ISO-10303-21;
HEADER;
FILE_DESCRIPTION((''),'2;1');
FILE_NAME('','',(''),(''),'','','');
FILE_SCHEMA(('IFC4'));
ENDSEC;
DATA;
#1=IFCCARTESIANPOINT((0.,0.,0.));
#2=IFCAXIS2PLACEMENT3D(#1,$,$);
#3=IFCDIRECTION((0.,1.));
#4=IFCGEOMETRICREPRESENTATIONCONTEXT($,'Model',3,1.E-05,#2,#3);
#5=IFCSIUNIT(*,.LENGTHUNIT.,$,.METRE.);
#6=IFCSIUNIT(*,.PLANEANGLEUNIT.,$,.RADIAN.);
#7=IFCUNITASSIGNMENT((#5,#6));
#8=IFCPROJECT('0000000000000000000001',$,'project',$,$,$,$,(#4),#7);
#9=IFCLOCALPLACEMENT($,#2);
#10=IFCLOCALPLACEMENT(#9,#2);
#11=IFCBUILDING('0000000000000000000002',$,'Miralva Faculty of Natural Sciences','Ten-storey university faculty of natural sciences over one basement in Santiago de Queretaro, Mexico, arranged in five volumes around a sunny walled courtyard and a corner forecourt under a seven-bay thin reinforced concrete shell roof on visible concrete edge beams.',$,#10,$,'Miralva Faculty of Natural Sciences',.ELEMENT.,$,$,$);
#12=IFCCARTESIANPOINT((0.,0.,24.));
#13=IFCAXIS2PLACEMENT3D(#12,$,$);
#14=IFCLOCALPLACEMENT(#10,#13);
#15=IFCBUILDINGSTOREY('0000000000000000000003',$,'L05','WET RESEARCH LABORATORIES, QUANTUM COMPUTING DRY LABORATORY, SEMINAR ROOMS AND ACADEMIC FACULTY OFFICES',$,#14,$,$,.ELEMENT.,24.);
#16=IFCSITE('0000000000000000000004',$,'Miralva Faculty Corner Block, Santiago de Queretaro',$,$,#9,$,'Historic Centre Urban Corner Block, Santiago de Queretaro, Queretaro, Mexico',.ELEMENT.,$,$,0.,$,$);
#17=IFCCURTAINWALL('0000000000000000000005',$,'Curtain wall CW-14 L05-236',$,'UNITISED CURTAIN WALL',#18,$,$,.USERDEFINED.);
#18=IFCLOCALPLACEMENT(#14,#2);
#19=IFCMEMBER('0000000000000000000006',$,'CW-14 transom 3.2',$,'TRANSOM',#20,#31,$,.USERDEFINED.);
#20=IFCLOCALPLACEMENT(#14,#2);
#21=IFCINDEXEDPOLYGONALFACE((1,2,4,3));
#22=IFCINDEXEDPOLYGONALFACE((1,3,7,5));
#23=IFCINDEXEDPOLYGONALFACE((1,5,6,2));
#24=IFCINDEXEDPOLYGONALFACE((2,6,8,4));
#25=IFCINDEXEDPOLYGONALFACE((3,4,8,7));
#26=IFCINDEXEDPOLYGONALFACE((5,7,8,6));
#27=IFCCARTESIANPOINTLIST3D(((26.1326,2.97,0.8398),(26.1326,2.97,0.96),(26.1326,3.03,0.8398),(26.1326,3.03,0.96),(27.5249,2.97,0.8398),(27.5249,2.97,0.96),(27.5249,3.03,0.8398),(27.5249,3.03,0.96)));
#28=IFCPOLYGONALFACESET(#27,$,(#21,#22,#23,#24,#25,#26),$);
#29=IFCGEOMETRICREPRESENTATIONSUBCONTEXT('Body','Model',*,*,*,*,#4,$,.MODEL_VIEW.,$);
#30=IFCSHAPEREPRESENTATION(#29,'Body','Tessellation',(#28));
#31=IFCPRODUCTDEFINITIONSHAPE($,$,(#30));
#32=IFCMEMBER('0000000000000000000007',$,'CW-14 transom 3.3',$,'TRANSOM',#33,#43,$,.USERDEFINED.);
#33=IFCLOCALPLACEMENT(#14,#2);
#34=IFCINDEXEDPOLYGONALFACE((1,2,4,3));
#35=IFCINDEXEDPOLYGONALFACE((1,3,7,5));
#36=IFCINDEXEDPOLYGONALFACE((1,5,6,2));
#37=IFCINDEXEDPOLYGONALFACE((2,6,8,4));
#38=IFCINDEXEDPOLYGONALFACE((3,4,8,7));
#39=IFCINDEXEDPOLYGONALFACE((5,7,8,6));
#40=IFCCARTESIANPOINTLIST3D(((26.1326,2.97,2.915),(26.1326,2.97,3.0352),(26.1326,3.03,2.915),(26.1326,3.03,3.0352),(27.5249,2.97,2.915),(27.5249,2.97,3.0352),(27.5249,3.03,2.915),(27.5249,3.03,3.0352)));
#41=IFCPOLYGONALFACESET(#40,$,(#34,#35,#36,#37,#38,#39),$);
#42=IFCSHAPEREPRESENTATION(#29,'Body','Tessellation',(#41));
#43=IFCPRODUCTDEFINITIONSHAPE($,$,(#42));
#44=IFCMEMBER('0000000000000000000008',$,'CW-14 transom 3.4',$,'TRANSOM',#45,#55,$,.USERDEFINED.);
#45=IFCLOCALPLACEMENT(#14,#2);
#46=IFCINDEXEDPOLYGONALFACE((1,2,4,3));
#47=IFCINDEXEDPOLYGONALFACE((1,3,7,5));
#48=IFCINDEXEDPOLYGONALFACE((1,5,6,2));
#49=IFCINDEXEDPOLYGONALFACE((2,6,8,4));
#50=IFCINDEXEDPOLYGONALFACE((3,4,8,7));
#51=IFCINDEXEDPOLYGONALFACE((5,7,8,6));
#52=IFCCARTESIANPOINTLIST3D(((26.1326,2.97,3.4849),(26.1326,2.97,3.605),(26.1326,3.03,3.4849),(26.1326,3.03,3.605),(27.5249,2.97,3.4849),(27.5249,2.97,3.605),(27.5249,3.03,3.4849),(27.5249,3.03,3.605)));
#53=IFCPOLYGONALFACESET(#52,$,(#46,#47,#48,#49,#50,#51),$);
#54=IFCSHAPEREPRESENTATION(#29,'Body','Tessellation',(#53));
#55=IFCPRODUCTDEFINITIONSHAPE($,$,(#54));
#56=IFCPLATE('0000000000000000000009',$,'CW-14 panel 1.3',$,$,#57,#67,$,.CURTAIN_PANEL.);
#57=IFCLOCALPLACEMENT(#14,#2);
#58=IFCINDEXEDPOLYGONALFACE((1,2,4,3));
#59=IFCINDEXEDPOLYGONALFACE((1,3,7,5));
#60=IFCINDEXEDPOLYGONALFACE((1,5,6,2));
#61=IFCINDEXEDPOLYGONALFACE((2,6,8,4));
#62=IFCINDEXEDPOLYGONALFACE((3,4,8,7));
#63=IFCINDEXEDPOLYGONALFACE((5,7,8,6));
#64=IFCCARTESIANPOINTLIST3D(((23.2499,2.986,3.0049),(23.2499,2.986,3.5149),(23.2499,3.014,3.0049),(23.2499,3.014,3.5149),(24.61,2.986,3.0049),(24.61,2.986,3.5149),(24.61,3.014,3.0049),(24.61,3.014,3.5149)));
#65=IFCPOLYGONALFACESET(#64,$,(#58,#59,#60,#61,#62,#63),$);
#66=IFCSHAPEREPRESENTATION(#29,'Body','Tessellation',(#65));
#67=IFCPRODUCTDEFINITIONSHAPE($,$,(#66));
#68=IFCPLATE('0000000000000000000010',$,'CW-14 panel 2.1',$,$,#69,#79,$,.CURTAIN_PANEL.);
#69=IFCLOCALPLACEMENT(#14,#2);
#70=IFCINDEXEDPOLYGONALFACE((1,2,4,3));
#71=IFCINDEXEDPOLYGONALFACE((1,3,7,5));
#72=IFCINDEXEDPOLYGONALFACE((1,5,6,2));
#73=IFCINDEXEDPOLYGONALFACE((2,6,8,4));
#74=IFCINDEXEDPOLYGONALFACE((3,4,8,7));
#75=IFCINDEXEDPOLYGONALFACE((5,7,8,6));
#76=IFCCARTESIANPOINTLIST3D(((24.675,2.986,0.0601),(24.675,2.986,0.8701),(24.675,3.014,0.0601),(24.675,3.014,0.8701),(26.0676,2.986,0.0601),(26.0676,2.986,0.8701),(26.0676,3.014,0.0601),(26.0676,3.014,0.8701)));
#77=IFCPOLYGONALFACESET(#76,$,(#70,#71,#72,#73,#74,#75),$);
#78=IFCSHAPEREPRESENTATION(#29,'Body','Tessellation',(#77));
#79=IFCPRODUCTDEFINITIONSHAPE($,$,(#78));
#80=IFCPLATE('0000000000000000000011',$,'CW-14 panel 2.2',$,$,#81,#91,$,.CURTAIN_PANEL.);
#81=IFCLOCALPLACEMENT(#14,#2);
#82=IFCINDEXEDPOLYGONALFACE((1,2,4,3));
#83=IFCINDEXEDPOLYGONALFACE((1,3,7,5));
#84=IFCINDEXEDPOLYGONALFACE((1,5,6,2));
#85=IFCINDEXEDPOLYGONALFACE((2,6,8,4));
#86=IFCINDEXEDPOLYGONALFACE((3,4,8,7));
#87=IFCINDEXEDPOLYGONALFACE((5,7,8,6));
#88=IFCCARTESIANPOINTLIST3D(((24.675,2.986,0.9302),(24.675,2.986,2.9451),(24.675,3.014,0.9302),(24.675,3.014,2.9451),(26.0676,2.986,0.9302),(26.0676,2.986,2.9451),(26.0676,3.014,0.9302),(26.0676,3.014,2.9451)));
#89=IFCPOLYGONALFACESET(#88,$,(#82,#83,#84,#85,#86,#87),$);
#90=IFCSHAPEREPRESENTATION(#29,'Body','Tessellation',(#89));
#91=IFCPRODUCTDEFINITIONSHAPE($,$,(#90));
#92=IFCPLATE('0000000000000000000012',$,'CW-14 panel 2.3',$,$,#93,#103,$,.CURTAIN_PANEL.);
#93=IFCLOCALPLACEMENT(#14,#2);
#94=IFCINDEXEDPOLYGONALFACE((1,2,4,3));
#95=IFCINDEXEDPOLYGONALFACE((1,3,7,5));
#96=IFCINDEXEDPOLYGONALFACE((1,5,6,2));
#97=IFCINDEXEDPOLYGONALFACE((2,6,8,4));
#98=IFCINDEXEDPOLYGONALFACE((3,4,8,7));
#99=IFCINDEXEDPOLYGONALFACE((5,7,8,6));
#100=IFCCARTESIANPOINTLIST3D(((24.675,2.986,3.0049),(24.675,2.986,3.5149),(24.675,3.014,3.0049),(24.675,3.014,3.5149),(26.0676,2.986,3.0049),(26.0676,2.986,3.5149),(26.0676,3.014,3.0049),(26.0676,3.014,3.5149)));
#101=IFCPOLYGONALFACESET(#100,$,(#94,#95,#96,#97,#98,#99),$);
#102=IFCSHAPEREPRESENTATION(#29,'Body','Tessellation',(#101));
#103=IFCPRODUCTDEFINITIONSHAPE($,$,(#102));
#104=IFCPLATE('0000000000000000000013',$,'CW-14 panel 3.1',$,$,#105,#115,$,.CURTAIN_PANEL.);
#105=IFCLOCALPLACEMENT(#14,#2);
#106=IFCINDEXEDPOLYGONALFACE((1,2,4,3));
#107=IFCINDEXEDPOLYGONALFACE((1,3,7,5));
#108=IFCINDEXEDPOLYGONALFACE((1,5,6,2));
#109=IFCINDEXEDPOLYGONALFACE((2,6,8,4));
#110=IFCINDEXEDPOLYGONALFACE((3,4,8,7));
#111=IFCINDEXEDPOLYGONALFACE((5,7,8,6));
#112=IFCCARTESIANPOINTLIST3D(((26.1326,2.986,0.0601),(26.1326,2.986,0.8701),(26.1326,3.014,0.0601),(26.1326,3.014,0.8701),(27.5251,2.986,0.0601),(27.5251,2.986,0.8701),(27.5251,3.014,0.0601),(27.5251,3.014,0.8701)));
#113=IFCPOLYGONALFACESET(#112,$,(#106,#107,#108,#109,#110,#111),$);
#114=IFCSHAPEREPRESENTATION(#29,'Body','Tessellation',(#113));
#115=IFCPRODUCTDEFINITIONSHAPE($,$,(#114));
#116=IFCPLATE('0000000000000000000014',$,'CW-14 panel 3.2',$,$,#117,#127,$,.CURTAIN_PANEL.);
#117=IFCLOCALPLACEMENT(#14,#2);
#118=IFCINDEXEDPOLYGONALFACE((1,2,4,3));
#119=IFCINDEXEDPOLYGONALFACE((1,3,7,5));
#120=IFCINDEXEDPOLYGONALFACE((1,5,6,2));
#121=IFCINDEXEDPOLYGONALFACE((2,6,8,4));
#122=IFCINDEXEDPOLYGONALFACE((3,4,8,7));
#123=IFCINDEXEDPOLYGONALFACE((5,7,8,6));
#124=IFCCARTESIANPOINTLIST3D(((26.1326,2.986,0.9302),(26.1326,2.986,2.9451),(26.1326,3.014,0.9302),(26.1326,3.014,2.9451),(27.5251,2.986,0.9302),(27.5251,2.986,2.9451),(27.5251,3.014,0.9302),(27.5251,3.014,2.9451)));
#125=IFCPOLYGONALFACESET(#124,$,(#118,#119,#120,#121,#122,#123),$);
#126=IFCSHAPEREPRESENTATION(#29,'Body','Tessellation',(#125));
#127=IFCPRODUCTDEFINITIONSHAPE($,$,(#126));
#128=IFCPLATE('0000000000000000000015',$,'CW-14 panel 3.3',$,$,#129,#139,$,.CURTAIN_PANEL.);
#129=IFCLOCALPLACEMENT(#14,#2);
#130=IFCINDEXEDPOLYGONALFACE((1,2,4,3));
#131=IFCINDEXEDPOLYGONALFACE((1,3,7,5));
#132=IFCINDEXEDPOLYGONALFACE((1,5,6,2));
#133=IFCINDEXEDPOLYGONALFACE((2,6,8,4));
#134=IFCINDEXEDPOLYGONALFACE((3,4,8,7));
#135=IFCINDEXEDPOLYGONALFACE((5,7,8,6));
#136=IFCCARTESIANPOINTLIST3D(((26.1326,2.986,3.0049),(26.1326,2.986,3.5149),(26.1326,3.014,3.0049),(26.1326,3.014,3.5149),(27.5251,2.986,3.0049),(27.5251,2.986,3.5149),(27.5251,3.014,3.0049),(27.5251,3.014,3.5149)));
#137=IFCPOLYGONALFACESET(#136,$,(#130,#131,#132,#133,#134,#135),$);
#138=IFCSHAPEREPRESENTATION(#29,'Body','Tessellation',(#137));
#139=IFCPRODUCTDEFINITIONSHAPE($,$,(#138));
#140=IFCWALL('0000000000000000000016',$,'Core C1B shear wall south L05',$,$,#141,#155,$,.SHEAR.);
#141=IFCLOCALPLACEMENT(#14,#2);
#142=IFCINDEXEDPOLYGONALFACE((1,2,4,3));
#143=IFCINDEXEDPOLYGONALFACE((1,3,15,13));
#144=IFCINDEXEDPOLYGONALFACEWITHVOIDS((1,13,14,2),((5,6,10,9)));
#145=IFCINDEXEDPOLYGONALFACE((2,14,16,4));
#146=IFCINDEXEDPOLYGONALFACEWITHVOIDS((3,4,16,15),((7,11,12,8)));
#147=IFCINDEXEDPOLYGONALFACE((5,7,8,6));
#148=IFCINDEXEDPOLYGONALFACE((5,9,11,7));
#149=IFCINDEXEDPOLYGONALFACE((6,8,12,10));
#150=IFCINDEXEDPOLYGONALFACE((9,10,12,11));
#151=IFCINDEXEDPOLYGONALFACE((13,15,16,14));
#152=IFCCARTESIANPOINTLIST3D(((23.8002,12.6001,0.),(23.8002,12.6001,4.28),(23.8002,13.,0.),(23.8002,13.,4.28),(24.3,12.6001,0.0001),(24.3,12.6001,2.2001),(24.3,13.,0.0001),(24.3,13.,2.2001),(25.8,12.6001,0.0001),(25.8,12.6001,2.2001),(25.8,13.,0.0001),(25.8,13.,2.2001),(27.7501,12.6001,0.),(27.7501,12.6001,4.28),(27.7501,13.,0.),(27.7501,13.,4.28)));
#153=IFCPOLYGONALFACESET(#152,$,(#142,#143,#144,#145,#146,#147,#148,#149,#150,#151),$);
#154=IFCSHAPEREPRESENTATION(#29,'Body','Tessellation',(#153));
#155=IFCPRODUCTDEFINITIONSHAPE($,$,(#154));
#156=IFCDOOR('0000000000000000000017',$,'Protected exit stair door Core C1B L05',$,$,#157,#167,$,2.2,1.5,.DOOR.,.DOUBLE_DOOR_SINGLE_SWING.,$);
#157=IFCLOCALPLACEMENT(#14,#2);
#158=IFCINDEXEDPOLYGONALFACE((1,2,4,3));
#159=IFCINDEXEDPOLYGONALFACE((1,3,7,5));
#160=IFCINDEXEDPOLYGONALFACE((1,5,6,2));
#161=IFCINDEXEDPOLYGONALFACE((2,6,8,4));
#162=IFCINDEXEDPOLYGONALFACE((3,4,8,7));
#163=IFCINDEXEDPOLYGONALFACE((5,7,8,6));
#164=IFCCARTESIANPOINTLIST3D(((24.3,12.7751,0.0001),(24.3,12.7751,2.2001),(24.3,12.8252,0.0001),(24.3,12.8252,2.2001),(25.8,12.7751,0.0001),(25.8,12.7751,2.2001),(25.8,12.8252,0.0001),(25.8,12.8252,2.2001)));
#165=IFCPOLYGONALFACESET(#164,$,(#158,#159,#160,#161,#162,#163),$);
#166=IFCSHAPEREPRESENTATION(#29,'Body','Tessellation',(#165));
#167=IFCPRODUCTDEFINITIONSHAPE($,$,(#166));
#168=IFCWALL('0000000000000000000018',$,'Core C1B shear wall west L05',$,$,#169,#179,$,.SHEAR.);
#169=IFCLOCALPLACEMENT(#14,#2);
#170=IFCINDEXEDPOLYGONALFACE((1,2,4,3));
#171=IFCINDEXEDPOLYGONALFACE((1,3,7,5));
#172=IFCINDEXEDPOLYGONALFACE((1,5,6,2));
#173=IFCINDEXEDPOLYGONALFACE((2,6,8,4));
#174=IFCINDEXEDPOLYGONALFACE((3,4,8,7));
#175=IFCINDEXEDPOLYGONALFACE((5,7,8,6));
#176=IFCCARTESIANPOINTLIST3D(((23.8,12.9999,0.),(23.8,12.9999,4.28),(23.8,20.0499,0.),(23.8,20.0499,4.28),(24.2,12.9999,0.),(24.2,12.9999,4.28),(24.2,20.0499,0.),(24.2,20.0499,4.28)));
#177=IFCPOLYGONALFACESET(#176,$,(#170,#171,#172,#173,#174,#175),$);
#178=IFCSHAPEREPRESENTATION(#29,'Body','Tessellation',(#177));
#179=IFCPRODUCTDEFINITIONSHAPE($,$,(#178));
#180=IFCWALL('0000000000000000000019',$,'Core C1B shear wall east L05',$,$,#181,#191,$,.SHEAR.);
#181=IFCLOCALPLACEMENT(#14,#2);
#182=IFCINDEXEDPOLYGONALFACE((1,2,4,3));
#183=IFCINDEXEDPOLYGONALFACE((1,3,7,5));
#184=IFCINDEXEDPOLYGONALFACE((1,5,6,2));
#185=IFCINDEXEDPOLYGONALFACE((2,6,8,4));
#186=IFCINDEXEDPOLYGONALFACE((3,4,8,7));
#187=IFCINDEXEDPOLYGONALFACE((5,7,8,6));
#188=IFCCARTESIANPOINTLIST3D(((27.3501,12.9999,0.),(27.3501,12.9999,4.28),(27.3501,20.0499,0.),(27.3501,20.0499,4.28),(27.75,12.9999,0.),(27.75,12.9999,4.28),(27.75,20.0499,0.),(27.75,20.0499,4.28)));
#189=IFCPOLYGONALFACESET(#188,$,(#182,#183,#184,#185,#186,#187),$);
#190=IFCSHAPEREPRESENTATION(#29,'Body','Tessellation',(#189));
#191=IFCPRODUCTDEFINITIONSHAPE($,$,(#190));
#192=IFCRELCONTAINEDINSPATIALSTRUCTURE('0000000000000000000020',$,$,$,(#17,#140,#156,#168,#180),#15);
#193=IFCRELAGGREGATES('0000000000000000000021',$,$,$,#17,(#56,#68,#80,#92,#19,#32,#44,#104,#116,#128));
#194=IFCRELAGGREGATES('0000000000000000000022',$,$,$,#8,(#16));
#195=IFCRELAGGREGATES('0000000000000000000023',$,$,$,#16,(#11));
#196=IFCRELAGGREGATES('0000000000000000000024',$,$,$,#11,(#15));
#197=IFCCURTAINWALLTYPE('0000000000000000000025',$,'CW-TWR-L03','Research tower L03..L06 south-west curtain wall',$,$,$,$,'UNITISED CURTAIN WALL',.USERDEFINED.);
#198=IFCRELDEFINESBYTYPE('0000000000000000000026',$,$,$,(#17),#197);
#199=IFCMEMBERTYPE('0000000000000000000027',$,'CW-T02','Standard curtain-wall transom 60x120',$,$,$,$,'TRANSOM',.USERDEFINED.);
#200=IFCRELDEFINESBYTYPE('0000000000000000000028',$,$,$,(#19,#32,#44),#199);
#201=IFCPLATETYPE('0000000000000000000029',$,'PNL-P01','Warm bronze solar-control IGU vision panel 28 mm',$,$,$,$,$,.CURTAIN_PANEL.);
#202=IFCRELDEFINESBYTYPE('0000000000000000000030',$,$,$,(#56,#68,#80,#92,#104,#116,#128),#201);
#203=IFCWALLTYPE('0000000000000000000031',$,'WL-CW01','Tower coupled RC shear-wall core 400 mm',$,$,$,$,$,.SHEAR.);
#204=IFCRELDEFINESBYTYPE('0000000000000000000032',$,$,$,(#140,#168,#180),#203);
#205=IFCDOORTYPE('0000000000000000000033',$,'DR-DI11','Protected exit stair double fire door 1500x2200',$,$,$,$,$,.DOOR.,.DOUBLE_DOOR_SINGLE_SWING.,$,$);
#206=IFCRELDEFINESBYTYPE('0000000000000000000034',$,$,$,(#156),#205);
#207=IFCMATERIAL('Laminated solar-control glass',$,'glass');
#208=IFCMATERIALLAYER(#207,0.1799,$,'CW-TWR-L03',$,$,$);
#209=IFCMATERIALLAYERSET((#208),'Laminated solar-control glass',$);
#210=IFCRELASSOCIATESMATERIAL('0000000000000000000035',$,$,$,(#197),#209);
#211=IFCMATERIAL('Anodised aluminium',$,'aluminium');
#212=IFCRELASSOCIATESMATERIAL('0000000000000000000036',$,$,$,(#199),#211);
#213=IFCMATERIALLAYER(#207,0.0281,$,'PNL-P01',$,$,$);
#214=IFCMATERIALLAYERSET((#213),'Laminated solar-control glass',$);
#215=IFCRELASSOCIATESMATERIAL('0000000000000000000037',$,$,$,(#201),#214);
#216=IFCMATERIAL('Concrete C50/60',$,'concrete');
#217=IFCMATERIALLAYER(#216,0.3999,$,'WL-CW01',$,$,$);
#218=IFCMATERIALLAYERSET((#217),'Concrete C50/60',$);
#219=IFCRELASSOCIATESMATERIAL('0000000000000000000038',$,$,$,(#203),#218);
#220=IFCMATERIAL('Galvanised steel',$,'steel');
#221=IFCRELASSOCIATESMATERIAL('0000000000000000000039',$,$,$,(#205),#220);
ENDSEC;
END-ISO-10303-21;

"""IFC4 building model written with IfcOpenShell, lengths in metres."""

from ifc_helpers import new_model, si_unit, direction, frame, frame_2d, origin, origin_2d, place, context, subcontext, project, spatial, rectangle, extrude, material, layer, layer_set, material_profile, profile_set, type_object, element, fill, aggregate, save


model = new_model("IFC4")

# Units and contexts
model_context = context("Model", 3, precision=1e-05, world=origin(), true_north=direction((0.0, 1.0)))
body_context = subcontext(model_context, "Body", "Model", "MODEL_VIEW")
ifc_project = project(units=[si_unit("LENGTHUNIT", "METRE"), si_unit("PLANEANGLEUNIT", "RADIAN")], contexts=[model_context])

# Site, building, storey
site_placement = place(None, origin())
site = spatial("IfcSite", under=ifc_project, at=site_placement, Name="Miralva Faculty Corner Block, Santiago de Queretaro", LongName="Historic Centre Urban Corner Block, Santiago de Queretaro, Queretaro, Mexico", CompositionType="ELEMENT", RefElevation=0.0)
building_placement = place(site_placement, origin())
building = spatial("IfcBuilding", under=site, at=building_placement, Name="Miralva Faculty of Natural Sciences", Description="Ten-storey university faculty of natural sciences over one basement in Santiago de Queretaro, Mexico, arranged in five volumes around a sunny walled courtyard and a corner forecourt under a seven-bay thin reinforced concrete shell roof on visible concrete edge beams.", LongName="Miralva Faculty of Natural Sciences", CompositionType="ELEMENT")
storey_placement = place(building_placement, frame((0.0, 0.0, 24.0)))
storey = spatial("IfcBuildingStorey", under=building, at=storey_placement, Name="L05", Description="WET RESEARCH LABORATORIES, QUANTUM COMPUTING DRY LABORATORY, SEMINAR ROOMS AND ACADEMIC FACULTY OFFICES", CompositionType="ELEMENT", Elevation=24.0)

# Curtain wall, members, plates
ifc_material_1 = material(Name="Laminated solar-control glass", Category="glass")
ifc_layer_1 = layer(ifc_material_1, 0.1799, Name="CW-TWR-L03")
ifc_layer_set_1 = layer_set([ifc_layer_1], Name="Laminated solar-control glass")
curtain_wall_type = type_object("IfcCurtainWallType", Name="CW-TWR-L03", Description="Research tower L03..L06 south-west curtain wall", ElementType="UNITISED CURTAIN WALL", PredefinedType="USERDEFINED", material=ifc_layer_set_1)
curtain_wall_placement = place(storey_placement, origin())
curtain_wall = element("IfcCurtainWall", 1, at=curtain_wall_placement, inside=storey, type_object=curtain_wall_type, Name="Curtain wall CW-14 L05-236", ObjectType="UNITISED CURTAIN WALL", PredefinedType="USERDEFINED")
ifc_material_2 = material(Name="Anodised aluminium", Category="aluminium")
ifc_material_profile_1 = material_profile(ifc_material_2, rectangle(XDim=0.0601, YDim=0.1201, at=origin_2d()), Name="TRANSOM 60x120")
ifc_profile_set_1 = profile_set([ifc_material_profile_1], Name="Anodised aluminium")
member_type_1 = type_object("IfcMemberType", Name="CW-T02", Description="Standard curtain-wall transom 60x120", ElementType="TRANSOM", PredefinedType="USERDEFINED", material=ifc_profile_set_1)
member_1_placement = place(storey_placement, frame((26.1326, 3.0, 0.8999), z_axis=(1.0, 0.0, 0.0), x_axis=(0.0, 1.0, 0.0)))
member_1 = element("IfcMember", 2, at=member_1_placement, type_object=member_type_1, Name="CW-14 transom 3.2", ObjectType="TRANSOM", PredefinedType="USERDEFINED", context=body_context, shape_type="SweptSolid", body=[
    extrude(rectangle(XDim=0.0601, YDim=0.1201, at=origin_2d()), origin(), (0.0, 0.0, 1.0), 1.3923),
])
member_2_placement = place(storey_placement, frame((26.1326, 3.0, 2.9751), z_axis=(1.0, 0.0, 0.0), x_axis=(0.0, 1.0, 0.0)))
member_2 = element("IfcMember", 3, at=member_2_placement, type_object=member_type_1, Name="CW-14 transom 3.3", ObjectType="TRANSOM", PredefinedType="USERDEFINED", context=body_context, shape_type="SweptSolid", body=[
    extrude(rectangle(XDim=0.0601, YDim=0.1201, at=origin_2d()), origin(), (0.0, 0.0, 1.0), 1.3923),
])
member_3_placement = place(storey_placement, frame((26.1326, 3.0, 3.5449), z_axis=(1.0, 0.0, 0.0), x_axis=(0.0, 1.0, 0.0)))
member_3 = element("IfcMember", 4, at=member_3_placement, type_object=member_type_1, Name="CW-14 transom 3.4", ObjectType="TRANSOM", PredefinedType="USERDEFINED", context=body_context, shape_type="SweptSolid", body=[
    extrude(rectangle(XDim=0.0601, YDim=0.1201, at=origin_2d()), origin(), (0.0, 0.0, 1.0), 1.3923),
])
ifc_layer_2 = layer(ifc_material_1, 0.0281, Name="PNL-P01")
ifc_layer_set_2 = layer_set([ifc_layer_2], Name="Laminated solar-control glass")
plate_type = type_object("IfcPlateType", Name="PNL-P01", Description="Warm bronze solar-control IGU vision panel 28 mm", PredefinedType="CURTAIN_PANEL", material=ifc_layer_set_2)
plate_1_placement = place(storey_placement, frame((23.9299, 3.0, 3.0049), z_axis=(0.0, 0.0, 1.0), x_axis=(1.0, 0.0, 0.0)))
plate_1 = element("IfcPlate", 5, at=plate_1_placement, type_object=plate_type, Name="CW-14 panel 1.3", PredefinedType="CURTAIN_PANEL", context=body_context, shape_type="SweptSolid", body=[
    extrude(rectangle(XDim=1.3601, YDim=0.0281, at=origin_2d()), origin(), (0.0, 0.0, 1.0), 0.51),
])
plate_2_placement = place(storey_placement, frame((25.3713, 3.0, 0.0601), z_axis=(0.0, 0.0, 1.0), x_axis=(1.0, 0.0, 0.0)))
plate_2 = element("IfcPlate", 6, at=plate_2_placement, type_object=plate_type, Name="CW-14 panel 2.1", PredefinedType="CURTAIN_PANEL", context=body_context, shape_type="SweptSolid", body=[
    extrude(rectangle(XDim=1.3926, YDim=0.0281, at=origin_2d()), origin(), (0.0, 0.0, 1.0), 0.8101),
])
plate_3_placement = place(storey_placement, frame((25.3713, 3.0, 0.9302), z_axis=(0.0, 0.0, 1.0), x_axis=(1.0, 0.0, 0.0)))
plate_3 = element("IfcPlate", 7, at=plate_3_placement, type_object=plate_type, Name="CW-14 panel 2.2", PredefinedType="CURTAIN_PANEL", context=body_context, shape_type="SweptSolid", body=[
    extrude(rectangle(XDim=1.3926, YDim=0.0281, at=origin_2d()), origin(), (0.0, 0.0, 1.0), 2.0149),
])
plate_4_placement = place(storey_placement, frame((25.3713, 3.0, 3.0049), z_axis=(0.0, 0.0, 1.0), x_axis=(1.0, 0.0, 0.0)))
plate_4 = element("IfcPlate", 8, at=plate_4_placement, type_object=plate_type, Name="CW-14 panel 2.3", PredefinedType="CURTAIN_PANEL", context=body_context, shape_type="SweptSolid", body=[
    extrude(rectangle(XDim=1.3926, YDim=0.0281, at=origin_2d()), origin(), (0.0, 0.0, 1.0), 0.51),
])
plate_5_placement = place(storey_placement, frame((26.8289, 3.0, 0.0601), z_axis=(0.0, 0.0, 1.0), x_axis=(1.0, 0.0, 0.0)))
plate_5 = element("IfcPlate", 9, at=plate_5_placement, type_object=plate_type, Name="CW-14 panel 3.1", PredefinedType="CURTAIN_PANEL", context=body_context, shape_type="SweptSolid", body=[
    extrude(rectangle(XDim=1.3926, YDim=0.0281, at=origin_2d()), origin(), (0.0, 0.0, 1.0), 0.8101),
])
plate_6_placement = place(storey_placement, frame((26.8289, 3.0, 0.9302), z_axis=(0.0, 0.0, 1.0), x_axis=(1.0, 0.0, 0.0)))
plate_6 = element("IfcPlate", 10, at=plate_6_placement, type_object=plate_type, Name="CW-14 panel 3.2", PredefinedType="CURTAIN_PANEL", context=body_context, shape_type="SweptSolid", body=[
    extrude(rectangle(XDim=1.3926, YDim=0.0281, at=origin_2d()), origin(), (0.0, 0.0, 1.0), 2.0149),
])
plate_7_placement = place(storey_placement, frame((26.8289, 3.0, 3.0049), z_axis=(0.0, 0.0, 1.0), x_axis=(1.0, 0.0, 0.0)))
plate_7 = element("IfcPlate", 11, at=plate_7_placement, type_object=plate_type, Name="CW-14 panel 3.3", PredefinedType="CURTAIN_PANEL", context=body_context, shape_type="SweptSolid", body=[
    extrude(rectangle(XDim=1.3926, YDim=0.0281, at=origin_2d()), origin(), (0.0, 0.0, 1.0), 0.51),
])
aggregate(curtain_wall, [plate_1, plate_2, plate_3, plate_4, member_1, member_2, member_3, plate_5, plate_6, plate_7])

# Wall, opening, door
ifc_material_3 = material(Name="Concrete C50/60", Category="concrete")
ifc_layer_3 = layer(ifc_material_3, 0.3999, Name="WL-CW01")
ifc_layer_set_3 = layer_set([ifc_layer_3], Name="Concrete C50/60")
wall_type_1 = type_object("IfcWallType", Name="WL-CW01", Description="Tower coupled RC shear-wall core 400 mm", PredefinedType="SHEAR", material=ifc_layer_set_3)
wall_1_placement = place(storey_placement, frame((23.8, 12.8, 0.0), z_axis=(0.0, 0.0, 1.0), x_axis=(1.0, 0.0, 0.0)))
wall_1 = element("IfcWall", 12, at=wall_1_placement, inside=storey, type_object=wall_type_1, Name="Core C1B shear wall south L05", PredefinedType="SHEAR", context=body_context, shape_type="SweptSolid", body=[
    extrude(rectangle(XDim=3.95, YDim=0.3999, at=frame_2d((1.9751, 0.0))), origin(), (0.0, 0.0, 1.0), 4.28),
])
opening_placement = place(wall_1_placement, frame((0.5, 0.0, 0.0)))
opening = element("IfcOpeningElement", 13, at=opening_placement, cuts=wall_1, PredefinedType="OPENING", context=body_context, shape_type="SweptSolid", body=[
    extrude(rectangle(XDim=1.5, YDim=2.2, at=frame_2d((0.75, 1.1001))), frame((0.0, 0.21, 0.0), z_axis=(0.0, -1.0, 0.0), x_axis=(1.0, 0.0, 0.0)), (0.0, 0.0, 1.0), 0.4199),
])
ifc_material_4 = material(Name="Galvanised steel", Category="steel")
door_type = type_object("IfcDoorType", Name="DR-DI11", Description="Protected exit stair double fire door 1500x2200", OperationType="DOUBLE_DOOR_SINGLE_SWING", PredefinedType="DOOR", material=ifc_material_4)
door_placement = place(opening_placement, frame((1.5, 0.0, 0.0), z_axis=(0.0, 0.0, 1.0), x_axis=(-1.0, 0.0, 0.0)))
door = element("IfcDoor", 14, at=door_placement, inside=storey, type_object=door_type, Name="Protected exit stair door Core C1B L05", OperationType="DOUBLE_DOOR_SINGLE_SWING", OverallHeight=2.2, OverallWidth=1.5, PredefinedType="DOOR", context=body_context, shape_type="SweptSolid", body=[
    extrude(rectangle(XDim=1.5, YDim=2.2, at=frame_2d((0.75, 1.1001))), frame((0.0, 0.0249, 0.0), z_axis=(0.0, -1.0, 0.0), x_axis=(1.0, 0.0, 0.0)), (0.0, 0.0, 1.0), 0.05),
])
fill(opening, door)

# Walls
for number, where, z_axis, x_axis, name in (
    (15, (24.0, 13.0, 0.0), (0.0, 0.0, 1.0), (0.0, 1.0, 0.0), "Core C1B shear wall west L05"),
    (16, (27.55, 13.0, 0.0), (0.0, 0.0, 1.0), (0.0, 1.0, 0.0), "Core C1B shear wall east L05"),
):
    element("IfcWall", number, at=place(storey_placement, frame(where, z_axis=z_axis, x_axis=x_axis)), inside=storey, type_object=wall_type_1, Name=name, PredefinedType="SHEAR", context=body_context, shape_type="SweptSolid", body=[
        extrude(rectangle(XDim=7.05, YDim=0.3999, at=frame_2d((3.5249, 0.0))), origin(), (0.0, 0.0, 1.0), 4.28),
    ])

save(model, "model.ifc")
